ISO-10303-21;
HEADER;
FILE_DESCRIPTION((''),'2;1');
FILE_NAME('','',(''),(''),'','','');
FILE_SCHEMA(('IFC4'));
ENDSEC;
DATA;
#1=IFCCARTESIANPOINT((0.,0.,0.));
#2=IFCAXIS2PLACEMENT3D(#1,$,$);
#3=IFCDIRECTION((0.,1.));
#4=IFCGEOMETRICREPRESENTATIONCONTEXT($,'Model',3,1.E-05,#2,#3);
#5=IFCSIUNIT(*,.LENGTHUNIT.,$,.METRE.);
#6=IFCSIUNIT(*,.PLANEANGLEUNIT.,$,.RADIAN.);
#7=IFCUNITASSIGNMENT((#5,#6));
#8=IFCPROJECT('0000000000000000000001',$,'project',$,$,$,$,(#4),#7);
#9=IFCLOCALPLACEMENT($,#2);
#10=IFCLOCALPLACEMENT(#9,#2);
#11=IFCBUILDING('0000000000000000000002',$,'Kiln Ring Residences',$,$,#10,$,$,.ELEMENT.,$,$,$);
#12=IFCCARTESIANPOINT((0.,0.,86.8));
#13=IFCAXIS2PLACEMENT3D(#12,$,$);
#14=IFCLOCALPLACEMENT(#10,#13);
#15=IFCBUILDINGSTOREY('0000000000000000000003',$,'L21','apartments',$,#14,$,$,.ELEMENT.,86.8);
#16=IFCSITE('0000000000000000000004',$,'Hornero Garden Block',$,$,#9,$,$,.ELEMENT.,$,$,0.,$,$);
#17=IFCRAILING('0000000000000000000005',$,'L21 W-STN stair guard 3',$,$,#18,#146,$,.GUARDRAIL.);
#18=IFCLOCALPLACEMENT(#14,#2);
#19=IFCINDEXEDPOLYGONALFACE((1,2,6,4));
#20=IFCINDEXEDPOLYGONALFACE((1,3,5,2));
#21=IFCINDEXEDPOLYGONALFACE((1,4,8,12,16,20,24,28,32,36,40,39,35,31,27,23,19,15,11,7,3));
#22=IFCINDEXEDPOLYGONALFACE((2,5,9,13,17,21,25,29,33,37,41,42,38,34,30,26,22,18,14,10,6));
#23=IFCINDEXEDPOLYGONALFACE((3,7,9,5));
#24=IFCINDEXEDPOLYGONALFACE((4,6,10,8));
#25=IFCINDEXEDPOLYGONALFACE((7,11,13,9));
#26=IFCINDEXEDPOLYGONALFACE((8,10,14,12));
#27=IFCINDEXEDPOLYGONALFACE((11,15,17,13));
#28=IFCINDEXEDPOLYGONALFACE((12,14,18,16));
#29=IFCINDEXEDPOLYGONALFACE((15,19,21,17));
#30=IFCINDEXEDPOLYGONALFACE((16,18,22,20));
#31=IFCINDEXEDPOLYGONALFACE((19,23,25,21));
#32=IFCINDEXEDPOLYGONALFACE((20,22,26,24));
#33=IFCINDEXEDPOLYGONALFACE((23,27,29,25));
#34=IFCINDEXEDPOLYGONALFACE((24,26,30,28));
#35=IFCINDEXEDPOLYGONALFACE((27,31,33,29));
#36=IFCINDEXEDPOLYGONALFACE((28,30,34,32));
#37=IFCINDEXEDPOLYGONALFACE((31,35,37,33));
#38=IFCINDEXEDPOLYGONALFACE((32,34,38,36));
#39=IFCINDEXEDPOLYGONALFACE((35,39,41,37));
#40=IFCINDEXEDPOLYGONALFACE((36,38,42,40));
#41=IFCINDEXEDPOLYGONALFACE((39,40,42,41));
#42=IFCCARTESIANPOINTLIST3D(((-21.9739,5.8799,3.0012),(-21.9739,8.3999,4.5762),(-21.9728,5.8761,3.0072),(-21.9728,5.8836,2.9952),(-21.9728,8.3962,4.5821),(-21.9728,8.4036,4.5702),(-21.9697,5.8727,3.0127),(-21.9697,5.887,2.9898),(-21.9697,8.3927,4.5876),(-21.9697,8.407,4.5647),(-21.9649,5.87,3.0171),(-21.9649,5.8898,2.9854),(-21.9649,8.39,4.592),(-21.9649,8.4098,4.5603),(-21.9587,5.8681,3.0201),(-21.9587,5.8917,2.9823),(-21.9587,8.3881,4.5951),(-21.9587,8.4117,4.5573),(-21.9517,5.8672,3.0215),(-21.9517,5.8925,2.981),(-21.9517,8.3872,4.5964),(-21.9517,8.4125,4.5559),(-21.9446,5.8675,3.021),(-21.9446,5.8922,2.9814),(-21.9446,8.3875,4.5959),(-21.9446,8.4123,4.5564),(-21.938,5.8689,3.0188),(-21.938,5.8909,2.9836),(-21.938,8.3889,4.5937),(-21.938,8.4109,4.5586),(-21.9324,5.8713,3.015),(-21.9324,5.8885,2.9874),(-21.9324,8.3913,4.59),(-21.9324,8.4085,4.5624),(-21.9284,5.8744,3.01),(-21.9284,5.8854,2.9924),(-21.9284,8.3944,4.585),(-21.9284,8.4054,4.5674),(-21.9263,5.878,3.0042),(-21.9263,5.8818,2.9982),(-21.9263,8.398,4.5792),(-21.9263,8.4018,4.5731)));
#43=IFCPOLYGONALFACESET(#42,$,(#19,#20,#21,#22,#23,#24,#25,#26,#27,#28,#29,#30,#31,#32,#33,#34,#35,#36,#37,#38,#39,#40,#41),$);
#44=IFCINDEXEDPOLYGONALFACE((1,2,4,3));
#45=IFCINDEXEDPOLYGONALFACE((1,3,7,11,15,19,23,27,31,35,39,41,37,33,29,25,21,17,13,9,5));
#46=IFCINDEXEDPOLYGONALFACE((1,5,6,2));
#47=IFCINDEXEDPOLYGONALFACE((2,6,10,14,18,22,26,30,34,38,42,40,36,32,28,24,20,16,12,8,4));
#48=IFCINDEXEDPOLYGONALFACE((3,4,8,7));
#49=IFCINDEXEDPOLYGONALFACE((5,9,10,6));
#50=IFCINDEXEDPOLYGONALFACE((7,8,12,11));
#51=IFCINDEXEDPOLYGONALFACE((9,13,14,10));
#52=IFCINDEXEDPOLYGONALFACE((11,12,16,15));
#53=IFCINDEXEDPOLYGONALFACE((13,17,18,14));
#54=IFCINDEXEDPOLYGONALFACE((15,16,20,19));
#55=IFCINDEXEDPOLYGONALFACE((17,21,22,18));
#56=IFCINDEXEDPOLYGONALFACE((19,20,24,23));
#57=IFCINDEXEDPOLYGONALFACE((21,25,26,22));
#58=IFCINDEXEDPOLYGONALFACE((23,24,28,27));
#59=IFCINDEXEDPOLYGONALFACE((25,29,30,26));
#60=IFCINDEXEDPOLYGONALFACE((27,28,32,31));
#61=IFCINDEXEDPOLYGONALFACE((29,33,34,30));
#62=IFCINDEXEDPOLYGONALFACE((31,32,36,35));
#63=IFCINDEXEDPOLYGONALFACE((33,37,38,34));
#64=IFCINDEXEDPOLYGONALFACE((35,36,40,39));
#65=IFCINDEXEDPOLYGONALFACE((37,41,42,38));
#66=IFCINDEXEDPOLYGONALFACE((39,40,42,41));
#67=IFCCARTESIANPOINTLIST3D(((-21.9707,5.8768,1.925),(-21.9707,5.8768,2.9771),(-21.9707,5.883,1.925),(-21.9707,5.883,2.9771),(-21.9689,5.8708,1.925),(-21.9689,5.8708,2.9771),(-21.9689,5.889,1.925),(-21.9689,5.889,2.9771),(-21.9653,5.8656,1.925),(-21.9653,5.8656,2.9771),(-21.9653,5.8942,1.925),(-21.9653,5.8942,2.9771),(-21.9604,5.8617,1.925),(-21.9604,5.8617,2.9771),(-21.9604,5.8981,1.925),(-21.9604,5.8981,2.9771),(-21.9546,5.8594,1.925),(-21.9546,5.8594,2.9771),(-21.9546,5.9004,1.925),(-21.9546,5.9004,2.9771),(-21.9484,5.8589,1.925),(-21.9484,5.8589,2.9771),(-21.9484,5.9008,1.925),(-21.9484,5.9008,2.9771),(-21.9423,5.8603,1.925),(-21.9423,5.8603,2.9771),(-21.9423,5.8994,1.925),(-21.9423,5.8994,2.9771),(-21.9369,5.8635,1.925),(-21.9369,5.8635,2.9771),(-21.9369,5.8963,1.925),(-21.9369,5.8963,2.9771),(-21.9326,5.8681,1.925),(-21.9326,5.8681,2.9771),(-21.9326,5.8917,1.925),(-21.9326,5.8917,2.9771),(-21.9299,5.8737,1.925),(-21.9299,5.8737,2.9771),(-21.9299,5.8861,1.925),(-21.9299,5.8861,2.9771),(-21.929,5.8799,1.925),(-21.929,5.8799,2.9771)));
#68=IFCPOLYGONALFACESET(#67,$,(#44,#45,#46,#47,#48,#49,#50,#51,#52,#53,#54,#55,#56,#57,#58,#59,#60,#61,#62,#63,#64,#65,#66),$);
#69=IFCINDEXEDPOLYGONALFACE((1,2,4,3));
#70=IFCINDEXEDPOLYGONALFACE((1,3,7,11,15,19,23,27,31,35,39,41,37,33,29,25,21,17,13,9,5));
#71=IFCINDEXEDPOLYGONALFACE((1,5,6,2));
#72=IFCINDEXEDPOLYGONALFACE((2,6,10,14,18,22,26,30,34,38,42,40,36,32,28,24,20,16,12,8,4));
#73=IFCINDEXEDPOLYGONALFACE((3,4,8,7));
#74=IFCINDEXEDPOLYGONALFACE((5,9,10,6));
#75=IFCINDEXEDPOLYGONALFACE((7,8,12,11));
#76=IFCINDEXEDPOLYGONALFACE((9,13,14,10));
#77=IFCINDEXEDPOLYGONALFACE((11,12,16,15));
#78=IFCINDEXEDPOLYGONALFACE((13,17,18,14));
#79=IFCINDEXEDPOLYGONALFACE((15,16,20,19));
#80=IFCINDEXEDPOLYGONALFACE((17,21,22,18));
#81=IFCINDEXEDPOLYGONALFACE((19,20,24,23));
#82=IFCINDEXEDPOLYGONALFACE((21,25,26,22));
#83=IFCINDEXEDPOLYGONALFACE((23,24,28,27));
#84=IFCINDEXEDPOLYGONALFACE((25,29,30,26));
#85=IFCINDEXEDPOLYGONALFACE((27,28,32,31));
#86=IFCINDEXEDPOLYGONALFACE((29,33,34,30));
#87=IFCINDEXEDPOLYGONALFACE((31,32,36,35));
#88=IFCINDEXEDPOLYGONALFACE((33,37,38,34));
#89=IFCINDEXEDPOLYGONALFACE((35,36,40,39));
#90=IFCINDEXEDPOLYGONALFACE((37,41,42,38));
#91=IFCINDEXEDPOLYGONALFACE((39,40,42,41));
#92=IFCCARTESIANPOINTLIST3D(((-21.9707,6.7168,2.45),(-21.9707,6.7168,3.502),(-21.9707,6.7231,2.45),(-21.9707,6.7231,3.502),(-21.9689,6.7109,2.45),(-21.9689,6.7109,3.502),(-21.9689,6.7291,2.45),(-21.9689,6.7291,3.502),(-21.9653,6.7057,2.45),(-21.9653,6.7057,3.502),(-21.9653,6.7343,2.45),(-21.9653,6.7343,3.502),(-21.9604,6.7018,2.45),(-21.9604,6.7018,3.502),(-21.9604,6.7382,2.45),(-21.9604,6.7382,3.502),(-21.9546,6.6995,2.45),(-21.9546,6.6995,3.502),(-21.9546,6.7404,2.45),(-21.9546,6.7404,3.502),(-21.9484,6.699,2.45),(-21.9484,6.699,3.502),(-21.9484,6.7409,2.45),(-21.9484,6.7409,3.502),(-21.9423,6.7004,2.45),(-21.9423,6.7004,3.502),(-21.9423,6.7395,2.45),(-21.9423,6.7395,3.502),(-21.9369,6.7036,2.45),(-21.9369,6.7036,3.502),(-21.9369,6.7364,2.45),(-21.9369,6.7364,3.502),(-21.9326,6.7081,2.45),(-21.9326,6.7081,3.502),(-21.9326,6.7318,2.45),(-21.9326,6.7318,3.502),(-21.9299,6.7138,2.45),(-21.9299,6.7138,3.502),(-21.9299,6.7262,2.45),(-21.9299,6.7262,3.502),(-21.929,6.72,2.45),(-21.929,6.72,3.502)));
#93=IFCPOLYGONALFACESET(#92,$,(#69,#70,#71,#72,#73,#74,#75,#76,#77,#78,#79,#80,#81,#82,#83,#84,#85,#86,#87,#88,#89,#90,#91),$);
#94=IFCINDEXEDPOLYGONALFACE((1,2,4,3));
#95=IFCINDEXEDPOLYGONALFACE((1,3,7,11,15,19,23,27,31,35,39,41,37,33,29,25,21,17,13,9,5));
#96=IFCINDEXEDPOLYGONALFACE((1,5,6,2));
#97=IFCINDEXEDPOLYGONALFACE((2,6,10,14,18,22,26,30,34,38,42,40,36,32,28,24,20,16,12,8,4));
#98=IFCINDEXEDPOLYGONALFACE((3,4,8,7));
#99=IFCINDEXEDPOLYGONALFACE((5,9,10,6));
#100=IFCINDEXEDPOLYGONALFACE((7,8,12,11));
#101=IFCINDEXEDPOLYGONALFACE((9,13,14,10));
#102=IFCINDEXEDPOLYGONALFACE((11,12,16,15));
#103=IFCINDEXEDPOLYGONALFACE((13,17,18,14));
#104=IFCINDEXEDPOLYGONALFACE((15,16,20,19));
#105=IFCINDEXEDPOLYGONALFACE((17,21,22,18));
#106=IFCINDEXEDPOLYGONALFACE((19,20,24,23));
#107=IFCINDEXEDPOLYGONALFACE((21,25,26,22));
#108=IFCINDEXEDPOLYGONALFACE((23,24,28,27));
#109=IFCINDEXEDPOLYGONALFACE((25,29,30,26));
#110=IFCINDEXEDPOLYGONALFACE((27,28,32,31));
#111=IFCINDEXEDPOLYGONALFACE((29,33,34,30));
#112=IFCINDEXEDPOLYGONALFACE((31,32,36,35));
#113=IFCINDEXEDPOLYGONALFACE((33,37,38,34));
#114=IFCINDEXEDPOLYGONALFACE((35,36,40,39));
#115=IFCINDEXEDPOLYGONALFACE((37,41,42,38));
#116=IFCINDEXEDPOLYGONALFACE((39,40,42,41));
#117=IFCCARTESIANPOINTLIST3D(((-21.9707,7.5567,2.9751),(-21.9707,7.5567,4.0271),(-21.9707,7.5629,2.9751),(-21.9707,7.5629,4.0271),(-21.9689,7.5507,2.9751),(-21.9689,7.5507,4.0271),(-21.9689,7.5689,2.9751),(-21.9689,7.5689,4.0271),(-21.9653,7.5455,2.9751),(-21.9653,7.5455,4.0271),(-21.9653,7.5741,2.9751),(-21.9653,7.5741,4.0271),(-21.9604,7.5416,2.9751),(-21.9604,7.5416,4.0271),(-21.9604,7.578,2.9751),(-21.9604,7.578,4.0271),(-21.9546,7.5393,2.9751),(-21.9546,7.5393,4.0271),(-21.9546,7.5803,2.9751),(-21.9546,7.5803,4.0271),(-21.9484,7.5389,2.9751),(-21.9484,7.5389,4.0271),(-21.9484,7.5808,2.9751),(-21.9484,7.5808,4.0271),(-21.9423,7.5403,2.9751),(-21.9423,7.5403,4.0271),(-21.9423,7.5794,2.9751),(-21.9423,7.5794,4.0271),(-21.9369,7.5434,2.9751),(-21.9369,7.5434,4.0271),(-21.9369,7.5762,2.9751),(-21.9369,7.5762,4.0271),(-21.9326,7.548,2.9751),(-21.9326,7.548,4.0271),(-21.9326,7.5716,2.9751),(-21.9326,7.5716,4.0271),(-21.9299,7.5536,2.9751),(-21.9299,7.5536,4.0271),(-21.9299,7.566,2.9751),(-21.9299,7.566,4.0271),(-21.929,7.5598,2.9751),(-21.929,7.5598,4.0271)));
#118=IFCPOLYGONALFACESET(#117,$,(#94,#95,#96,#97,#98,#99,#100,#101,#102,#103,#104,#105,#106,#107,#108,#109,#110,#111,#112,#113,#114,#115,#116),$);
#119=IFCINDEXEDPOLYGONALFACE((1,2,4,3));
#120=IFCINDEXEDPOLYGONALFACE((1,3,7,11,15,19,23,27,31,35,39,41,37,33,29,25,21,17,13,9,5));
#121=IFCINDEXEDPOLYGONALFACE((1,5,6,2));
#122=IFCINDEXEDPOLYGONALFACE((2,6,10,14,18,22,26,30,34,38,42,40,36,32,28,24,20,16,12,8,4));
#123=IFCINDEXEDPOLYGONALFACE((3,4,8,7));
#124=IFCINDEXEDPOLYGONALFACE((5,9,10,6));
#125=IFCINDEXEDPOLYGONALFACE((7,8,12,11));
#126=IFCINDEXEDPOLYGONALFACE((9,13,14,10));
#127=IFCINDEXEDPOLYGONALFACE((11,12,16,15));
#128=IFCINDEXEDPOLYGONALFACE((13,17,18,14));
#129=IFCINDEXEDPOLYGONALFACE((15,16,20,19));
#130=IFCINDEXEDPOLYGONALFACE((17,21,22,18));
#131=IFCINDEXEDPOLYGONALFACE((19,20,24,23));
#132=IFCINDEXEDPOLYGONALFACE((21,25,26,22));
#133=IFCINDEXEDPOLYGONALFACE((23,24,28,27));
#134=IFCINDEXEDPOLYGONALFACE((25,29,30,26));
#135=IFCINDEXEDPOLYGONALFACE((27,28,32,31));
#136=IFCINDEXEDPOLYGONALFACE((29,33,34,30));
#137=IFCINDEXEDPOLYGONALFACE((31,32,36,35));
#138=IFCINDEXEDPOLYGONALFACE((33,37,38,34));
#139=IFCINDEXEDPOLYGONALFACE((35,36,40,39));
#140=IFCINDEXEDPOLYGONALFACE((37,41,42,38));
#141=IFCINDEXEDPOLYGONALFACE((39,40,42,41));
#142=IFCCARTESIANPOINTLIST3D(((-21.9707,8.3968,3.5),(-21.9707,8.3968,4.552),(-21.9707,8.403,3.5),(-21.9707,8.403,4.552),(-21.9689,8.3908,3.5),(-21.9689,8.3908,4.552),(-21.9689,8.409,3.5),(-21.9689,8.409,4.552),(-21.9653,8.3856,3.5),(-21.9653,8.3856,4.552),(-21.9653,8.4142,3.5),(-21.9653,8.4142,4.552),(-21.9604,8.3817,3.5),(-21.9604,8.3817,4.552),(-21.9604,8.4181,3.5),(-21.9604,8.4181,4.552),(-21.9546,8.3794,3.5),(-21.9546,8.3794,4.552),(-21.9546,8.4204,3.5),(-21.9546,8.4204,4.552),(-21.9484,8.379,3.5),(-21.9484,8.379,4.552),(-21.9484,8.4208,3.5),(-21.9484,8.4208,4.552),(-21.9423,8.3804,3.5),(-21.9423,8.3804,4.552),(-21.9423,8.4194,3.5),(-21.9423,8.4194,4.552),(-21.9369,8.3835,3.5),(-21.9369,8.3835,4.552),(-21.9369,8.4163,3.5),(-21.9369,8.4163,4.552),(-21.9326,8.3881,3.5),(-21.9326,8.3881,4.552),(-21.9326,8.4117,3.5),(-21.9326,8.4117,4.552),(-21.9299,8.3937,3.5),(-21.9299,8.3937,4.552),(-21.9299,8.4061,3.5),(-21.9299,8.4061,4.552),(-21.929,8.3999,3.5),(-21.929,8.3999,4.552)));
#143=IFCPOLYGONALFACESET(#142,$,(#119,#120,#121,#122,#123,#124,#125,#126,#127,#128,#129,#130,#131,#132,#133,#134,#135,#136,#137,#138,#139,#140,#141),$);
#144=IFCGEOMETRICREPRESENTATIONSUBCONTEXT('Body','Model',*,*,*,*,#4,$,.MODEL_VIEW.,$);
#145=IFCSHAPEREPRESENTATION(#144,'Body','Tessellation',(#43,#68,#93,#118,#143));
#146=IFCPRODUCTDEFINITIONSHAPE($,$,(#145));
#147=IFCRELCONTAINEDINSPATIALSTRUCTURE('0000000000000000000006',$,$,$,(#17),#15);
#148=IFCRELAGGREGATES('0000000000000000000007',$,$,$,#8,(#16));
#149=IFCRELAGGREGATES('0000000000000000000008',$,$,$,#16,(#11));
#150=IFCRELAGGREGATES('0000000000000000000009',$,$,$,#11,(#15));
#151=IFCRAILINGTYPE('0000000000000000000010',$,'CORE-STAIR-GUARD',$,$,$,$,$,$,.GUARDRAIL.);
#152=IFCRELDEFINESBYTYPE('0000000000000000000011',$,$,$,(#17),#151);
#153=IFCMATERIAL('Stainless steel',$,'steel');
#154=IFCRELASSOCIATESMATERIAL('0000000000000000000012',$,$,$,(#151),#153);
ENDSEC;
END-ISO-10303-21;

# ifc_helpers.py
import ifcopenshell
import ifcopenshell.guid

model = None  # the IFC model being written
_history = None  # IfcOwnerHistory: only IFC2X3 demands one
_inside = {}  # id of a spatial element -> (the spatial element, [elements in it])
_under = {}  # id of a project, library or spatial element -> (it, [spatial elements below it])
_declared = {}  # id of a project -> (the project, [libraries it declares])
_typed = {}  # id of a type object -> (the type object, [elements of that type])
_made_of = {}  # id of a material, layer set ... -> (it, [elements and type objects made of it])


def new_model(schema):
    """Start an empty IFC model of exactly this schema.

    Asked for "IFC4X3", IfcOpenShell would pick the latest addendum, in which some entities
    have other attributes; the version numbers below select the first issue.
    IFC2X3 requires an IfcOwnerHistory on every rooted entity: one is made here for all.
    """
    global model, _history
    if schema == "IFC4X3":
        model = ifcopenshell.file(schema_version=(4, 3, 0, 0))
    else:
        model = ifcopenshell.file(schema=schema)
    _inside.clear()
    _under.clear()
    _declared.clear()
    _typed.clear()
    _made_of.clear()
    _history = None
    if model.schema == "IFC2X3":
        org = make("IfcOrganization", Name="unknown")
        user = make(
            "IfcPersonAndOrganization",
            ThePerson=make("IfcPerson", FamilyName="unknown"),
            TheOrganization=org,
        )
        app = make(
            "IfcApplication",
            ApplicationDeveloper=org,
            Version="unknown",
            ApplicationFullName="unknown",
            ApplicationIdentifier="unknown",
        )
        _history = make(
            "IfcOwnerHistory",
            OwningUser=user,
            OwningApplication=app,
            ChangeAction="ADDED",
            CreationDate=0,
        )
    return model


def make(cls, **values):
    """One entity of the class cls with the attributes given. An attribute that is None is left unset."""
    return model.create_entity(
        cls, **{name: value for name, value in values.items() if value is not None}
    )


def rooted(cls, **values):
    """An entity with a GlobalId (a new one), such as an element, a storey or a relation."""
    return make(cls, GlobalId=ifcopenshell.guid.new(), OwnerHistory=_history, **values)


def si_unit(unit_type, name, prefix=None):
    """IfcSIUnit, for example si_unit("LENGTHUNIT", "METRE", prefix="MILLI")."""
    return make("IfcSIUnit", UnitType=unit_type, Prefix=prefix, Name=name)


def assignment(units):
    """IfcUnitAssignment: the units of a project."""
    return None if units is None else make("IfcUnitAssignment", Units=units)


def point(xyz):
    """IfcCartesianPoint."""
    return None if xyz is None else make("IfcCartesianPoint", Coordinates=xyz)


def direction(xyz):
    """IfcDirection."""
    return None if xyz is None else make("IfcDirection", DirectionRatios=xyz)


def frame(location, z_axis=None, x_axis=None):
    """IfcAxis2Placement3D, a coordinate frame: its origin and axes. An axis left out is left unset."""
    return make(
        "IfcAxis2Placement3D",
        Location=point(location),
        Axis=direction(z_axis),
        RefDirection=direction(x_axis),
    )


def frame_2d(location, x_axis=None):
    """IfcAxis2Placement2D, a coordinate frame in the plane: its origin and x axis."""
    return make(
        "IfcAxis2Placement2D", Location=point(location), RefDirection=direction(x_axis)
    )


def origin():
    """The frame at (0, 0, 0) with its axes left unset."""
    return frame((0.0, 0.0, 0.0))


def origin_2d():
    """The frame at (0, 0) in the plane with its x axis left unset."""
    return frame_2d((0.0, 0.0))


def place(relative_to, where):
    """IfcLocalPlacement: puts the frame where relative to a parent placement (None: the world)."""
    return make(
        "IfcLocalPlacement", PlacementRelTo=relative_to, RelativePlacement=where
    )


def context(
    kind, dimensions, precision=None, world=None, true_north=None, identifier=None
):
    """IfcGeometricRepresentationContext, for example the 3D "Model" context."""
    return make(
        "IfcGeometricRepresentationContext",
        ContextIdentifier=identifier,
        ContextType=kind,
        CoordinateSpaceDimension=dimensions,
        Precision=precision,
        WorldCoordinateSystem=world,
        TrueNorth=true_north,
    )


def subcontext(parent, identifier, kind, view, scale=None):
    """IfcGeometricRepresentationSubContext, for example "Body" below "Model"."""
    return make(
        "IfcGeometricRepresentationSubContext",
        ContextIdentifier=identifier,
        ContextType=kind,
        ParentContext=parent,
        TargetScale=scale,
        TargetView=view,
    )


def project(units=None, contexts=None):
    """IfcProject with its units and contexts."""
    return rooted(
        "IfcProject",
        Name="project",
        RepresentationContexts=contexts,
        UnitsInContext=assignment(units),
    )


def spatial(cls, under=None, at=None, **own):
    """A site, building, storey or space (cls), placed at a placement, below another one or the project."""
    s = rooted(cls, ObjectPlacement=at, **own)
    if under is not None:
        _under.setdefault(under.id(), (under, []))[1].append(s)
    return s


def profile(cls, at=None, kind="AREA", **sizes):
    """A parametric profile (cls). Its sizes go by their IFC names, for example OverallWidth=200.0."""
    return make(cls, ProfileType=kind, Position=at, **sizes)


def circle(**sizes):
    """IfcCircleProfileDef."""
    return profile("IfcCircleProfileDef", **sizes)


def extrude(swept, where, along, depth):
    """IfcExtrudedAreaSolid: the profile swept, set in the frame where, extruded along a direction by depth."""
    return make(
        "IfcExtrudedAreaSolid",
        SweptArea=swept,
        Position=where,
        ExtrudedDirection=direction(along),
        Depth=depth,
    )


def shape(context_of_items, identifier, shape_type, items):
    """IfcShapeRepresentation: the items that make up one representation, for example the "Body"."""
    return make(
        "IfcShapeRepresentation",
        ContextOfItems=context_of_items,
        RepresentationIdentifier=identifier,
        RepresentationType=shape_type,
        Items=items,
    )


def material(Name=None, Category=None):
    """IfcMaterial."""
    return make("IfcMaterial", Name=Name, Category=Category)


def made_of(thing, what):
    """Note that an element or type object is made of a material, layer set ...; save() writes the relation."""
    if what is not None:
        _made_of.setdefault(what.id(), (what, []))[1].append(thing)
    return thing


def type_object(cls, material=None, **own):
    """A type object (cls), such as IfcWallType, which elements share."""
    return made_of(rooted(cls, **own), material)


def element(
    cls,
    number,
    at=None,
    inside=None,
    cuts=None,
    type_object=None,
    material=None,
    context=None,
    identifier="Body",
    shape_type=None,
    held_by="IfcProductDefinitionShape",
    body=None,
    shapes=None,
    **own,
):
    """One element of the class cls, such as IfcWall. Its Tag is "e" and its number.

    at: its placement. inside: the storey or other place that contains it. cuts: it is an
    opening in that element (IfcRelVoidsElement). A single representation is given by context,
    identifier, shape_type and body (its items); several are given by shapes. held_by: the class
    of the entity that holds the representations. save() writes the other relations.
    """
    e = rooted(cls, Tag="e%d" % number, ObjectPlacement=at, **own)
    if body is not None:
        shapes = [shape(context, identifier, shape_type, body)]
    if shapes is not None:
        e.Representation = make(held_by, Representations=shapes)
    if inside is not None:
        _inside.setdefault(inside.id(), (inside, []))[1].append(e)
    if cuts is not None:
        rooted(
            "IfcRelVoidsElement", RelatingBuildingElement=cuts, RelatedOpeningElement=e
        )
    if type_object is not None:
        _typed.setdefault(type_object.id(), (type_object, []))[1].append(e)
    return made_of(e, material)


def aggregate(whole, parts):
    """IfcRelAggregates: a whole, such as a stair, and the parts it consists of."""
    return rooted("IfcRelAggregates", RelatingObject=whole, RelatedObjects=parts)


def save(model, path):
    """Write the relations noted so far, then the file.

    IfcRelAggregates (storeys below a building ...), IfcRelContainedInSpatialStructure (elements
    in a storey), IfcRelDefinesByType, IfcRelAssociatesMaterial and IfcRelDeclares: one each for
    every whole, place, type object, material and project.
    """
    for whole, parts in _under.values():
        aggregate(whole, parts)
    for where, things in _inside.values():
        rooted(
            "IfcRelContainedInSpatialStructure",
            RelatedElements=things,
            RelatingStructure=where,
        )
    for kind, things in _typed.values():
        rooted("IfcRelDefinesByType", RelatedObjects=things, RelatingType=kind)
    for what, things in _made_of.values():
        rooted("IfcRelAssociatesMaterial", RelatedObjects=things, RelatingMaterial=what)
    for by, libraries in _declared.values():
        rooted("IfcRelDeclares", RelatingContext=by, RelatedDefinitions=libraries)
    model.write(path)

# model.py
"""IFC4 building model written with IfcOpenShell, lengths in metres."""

from ifc_helpers import new_model, si_unit, direction, frame, origin, origin_2d, place, context, subcontext, project, spatial, circle, extrude, material, type_object, element, save


model = new_model("IFC4")

# Units and contexts
model_context = context("Model", 3, precision=1e-05, world=origin(), true_north=direction((0.0, 1.0)))
body_context = subcontext(model_context, "Body", "Model", "MODEL_VIEW")
ifc_project = project(units=[si_unit("LENGTHUNIT", "METRE"), si_unit("PLANEANGLEUNIT", "RADIAN")], contexts=[model_context])

# Site, building, storey
site_placement = place(None, origin())
site = spatial("IfcSite", under=ifc_project, at=site_placement, Name="Hornero Garden Block", CompositionType="ELEMENT", RefElevation=0.0)
building_placement = place(site_placement, origin())
building = spatial("IfcBuilding", under=site, at=building_placement, Name="Kiln Ring Residences", CompositionType="ELEMENT")
storey_placement = place(building_placement, frame((0.0, 0.0, 86.8)))
storey = spatial("IfcBuildingStorey", under=building, at=storey_placement, Name="L21", Description="apartments", CompositionType="ELEMENT", Elevation=86.8)

# Railing
ifc_material_1 = material(Name="Stainless steel", Category="steel")
railing_type_1 = type_object("IfcRailingType", Name="CORE-STAIR-GUARD", PredefinedType="GUARDRAIL", material=ifc_material_1)
railing_1_placement = place(storey_placement, frame((-21.95, 5.8799, 1.925)))
element("IfcRailing", 1, at=railing_1_placement, inside=storey, type_object=railing_type_1, Name="L21 W-STN stair guard 3", PredefinedType="GUARDRAIL", context=body_context, shape_type="SweptSolid", body=[
    extrude(circle(Radius=0.0239, at=origin_2d()), frame((0.0, 0.0, 1.0762), z_axis=(0.0, 0.848008, 0.529984), x_axis=(-1.0, 0.0, 0.0)), (0.0, 0.0, 1.0), 2.9717),
    extrude(circle(Radius=0.021, at=origin_2d()), origin(), (0.0, 0.0, 1.0), 1.052),
    extrude(circle(Radius=0.021, at=origin_2d()), frame((0.0, 0.8401, 0.5249)), (0.0, 0.0, 1.0), 1.052),
    extrude(circle(Radius=0.021, at=origin_2d()), frame((0.0, 1.6799, 1.05)), (0.0, 0.0, 1.0), 1.052),
    extrude(circle(Radius=0.021, at=origin_2d()), frame((0.0, 2.52, 1.575)), (0.0, 0.0, 1.0), 1.052),
])

save(model, "model.ifc")
